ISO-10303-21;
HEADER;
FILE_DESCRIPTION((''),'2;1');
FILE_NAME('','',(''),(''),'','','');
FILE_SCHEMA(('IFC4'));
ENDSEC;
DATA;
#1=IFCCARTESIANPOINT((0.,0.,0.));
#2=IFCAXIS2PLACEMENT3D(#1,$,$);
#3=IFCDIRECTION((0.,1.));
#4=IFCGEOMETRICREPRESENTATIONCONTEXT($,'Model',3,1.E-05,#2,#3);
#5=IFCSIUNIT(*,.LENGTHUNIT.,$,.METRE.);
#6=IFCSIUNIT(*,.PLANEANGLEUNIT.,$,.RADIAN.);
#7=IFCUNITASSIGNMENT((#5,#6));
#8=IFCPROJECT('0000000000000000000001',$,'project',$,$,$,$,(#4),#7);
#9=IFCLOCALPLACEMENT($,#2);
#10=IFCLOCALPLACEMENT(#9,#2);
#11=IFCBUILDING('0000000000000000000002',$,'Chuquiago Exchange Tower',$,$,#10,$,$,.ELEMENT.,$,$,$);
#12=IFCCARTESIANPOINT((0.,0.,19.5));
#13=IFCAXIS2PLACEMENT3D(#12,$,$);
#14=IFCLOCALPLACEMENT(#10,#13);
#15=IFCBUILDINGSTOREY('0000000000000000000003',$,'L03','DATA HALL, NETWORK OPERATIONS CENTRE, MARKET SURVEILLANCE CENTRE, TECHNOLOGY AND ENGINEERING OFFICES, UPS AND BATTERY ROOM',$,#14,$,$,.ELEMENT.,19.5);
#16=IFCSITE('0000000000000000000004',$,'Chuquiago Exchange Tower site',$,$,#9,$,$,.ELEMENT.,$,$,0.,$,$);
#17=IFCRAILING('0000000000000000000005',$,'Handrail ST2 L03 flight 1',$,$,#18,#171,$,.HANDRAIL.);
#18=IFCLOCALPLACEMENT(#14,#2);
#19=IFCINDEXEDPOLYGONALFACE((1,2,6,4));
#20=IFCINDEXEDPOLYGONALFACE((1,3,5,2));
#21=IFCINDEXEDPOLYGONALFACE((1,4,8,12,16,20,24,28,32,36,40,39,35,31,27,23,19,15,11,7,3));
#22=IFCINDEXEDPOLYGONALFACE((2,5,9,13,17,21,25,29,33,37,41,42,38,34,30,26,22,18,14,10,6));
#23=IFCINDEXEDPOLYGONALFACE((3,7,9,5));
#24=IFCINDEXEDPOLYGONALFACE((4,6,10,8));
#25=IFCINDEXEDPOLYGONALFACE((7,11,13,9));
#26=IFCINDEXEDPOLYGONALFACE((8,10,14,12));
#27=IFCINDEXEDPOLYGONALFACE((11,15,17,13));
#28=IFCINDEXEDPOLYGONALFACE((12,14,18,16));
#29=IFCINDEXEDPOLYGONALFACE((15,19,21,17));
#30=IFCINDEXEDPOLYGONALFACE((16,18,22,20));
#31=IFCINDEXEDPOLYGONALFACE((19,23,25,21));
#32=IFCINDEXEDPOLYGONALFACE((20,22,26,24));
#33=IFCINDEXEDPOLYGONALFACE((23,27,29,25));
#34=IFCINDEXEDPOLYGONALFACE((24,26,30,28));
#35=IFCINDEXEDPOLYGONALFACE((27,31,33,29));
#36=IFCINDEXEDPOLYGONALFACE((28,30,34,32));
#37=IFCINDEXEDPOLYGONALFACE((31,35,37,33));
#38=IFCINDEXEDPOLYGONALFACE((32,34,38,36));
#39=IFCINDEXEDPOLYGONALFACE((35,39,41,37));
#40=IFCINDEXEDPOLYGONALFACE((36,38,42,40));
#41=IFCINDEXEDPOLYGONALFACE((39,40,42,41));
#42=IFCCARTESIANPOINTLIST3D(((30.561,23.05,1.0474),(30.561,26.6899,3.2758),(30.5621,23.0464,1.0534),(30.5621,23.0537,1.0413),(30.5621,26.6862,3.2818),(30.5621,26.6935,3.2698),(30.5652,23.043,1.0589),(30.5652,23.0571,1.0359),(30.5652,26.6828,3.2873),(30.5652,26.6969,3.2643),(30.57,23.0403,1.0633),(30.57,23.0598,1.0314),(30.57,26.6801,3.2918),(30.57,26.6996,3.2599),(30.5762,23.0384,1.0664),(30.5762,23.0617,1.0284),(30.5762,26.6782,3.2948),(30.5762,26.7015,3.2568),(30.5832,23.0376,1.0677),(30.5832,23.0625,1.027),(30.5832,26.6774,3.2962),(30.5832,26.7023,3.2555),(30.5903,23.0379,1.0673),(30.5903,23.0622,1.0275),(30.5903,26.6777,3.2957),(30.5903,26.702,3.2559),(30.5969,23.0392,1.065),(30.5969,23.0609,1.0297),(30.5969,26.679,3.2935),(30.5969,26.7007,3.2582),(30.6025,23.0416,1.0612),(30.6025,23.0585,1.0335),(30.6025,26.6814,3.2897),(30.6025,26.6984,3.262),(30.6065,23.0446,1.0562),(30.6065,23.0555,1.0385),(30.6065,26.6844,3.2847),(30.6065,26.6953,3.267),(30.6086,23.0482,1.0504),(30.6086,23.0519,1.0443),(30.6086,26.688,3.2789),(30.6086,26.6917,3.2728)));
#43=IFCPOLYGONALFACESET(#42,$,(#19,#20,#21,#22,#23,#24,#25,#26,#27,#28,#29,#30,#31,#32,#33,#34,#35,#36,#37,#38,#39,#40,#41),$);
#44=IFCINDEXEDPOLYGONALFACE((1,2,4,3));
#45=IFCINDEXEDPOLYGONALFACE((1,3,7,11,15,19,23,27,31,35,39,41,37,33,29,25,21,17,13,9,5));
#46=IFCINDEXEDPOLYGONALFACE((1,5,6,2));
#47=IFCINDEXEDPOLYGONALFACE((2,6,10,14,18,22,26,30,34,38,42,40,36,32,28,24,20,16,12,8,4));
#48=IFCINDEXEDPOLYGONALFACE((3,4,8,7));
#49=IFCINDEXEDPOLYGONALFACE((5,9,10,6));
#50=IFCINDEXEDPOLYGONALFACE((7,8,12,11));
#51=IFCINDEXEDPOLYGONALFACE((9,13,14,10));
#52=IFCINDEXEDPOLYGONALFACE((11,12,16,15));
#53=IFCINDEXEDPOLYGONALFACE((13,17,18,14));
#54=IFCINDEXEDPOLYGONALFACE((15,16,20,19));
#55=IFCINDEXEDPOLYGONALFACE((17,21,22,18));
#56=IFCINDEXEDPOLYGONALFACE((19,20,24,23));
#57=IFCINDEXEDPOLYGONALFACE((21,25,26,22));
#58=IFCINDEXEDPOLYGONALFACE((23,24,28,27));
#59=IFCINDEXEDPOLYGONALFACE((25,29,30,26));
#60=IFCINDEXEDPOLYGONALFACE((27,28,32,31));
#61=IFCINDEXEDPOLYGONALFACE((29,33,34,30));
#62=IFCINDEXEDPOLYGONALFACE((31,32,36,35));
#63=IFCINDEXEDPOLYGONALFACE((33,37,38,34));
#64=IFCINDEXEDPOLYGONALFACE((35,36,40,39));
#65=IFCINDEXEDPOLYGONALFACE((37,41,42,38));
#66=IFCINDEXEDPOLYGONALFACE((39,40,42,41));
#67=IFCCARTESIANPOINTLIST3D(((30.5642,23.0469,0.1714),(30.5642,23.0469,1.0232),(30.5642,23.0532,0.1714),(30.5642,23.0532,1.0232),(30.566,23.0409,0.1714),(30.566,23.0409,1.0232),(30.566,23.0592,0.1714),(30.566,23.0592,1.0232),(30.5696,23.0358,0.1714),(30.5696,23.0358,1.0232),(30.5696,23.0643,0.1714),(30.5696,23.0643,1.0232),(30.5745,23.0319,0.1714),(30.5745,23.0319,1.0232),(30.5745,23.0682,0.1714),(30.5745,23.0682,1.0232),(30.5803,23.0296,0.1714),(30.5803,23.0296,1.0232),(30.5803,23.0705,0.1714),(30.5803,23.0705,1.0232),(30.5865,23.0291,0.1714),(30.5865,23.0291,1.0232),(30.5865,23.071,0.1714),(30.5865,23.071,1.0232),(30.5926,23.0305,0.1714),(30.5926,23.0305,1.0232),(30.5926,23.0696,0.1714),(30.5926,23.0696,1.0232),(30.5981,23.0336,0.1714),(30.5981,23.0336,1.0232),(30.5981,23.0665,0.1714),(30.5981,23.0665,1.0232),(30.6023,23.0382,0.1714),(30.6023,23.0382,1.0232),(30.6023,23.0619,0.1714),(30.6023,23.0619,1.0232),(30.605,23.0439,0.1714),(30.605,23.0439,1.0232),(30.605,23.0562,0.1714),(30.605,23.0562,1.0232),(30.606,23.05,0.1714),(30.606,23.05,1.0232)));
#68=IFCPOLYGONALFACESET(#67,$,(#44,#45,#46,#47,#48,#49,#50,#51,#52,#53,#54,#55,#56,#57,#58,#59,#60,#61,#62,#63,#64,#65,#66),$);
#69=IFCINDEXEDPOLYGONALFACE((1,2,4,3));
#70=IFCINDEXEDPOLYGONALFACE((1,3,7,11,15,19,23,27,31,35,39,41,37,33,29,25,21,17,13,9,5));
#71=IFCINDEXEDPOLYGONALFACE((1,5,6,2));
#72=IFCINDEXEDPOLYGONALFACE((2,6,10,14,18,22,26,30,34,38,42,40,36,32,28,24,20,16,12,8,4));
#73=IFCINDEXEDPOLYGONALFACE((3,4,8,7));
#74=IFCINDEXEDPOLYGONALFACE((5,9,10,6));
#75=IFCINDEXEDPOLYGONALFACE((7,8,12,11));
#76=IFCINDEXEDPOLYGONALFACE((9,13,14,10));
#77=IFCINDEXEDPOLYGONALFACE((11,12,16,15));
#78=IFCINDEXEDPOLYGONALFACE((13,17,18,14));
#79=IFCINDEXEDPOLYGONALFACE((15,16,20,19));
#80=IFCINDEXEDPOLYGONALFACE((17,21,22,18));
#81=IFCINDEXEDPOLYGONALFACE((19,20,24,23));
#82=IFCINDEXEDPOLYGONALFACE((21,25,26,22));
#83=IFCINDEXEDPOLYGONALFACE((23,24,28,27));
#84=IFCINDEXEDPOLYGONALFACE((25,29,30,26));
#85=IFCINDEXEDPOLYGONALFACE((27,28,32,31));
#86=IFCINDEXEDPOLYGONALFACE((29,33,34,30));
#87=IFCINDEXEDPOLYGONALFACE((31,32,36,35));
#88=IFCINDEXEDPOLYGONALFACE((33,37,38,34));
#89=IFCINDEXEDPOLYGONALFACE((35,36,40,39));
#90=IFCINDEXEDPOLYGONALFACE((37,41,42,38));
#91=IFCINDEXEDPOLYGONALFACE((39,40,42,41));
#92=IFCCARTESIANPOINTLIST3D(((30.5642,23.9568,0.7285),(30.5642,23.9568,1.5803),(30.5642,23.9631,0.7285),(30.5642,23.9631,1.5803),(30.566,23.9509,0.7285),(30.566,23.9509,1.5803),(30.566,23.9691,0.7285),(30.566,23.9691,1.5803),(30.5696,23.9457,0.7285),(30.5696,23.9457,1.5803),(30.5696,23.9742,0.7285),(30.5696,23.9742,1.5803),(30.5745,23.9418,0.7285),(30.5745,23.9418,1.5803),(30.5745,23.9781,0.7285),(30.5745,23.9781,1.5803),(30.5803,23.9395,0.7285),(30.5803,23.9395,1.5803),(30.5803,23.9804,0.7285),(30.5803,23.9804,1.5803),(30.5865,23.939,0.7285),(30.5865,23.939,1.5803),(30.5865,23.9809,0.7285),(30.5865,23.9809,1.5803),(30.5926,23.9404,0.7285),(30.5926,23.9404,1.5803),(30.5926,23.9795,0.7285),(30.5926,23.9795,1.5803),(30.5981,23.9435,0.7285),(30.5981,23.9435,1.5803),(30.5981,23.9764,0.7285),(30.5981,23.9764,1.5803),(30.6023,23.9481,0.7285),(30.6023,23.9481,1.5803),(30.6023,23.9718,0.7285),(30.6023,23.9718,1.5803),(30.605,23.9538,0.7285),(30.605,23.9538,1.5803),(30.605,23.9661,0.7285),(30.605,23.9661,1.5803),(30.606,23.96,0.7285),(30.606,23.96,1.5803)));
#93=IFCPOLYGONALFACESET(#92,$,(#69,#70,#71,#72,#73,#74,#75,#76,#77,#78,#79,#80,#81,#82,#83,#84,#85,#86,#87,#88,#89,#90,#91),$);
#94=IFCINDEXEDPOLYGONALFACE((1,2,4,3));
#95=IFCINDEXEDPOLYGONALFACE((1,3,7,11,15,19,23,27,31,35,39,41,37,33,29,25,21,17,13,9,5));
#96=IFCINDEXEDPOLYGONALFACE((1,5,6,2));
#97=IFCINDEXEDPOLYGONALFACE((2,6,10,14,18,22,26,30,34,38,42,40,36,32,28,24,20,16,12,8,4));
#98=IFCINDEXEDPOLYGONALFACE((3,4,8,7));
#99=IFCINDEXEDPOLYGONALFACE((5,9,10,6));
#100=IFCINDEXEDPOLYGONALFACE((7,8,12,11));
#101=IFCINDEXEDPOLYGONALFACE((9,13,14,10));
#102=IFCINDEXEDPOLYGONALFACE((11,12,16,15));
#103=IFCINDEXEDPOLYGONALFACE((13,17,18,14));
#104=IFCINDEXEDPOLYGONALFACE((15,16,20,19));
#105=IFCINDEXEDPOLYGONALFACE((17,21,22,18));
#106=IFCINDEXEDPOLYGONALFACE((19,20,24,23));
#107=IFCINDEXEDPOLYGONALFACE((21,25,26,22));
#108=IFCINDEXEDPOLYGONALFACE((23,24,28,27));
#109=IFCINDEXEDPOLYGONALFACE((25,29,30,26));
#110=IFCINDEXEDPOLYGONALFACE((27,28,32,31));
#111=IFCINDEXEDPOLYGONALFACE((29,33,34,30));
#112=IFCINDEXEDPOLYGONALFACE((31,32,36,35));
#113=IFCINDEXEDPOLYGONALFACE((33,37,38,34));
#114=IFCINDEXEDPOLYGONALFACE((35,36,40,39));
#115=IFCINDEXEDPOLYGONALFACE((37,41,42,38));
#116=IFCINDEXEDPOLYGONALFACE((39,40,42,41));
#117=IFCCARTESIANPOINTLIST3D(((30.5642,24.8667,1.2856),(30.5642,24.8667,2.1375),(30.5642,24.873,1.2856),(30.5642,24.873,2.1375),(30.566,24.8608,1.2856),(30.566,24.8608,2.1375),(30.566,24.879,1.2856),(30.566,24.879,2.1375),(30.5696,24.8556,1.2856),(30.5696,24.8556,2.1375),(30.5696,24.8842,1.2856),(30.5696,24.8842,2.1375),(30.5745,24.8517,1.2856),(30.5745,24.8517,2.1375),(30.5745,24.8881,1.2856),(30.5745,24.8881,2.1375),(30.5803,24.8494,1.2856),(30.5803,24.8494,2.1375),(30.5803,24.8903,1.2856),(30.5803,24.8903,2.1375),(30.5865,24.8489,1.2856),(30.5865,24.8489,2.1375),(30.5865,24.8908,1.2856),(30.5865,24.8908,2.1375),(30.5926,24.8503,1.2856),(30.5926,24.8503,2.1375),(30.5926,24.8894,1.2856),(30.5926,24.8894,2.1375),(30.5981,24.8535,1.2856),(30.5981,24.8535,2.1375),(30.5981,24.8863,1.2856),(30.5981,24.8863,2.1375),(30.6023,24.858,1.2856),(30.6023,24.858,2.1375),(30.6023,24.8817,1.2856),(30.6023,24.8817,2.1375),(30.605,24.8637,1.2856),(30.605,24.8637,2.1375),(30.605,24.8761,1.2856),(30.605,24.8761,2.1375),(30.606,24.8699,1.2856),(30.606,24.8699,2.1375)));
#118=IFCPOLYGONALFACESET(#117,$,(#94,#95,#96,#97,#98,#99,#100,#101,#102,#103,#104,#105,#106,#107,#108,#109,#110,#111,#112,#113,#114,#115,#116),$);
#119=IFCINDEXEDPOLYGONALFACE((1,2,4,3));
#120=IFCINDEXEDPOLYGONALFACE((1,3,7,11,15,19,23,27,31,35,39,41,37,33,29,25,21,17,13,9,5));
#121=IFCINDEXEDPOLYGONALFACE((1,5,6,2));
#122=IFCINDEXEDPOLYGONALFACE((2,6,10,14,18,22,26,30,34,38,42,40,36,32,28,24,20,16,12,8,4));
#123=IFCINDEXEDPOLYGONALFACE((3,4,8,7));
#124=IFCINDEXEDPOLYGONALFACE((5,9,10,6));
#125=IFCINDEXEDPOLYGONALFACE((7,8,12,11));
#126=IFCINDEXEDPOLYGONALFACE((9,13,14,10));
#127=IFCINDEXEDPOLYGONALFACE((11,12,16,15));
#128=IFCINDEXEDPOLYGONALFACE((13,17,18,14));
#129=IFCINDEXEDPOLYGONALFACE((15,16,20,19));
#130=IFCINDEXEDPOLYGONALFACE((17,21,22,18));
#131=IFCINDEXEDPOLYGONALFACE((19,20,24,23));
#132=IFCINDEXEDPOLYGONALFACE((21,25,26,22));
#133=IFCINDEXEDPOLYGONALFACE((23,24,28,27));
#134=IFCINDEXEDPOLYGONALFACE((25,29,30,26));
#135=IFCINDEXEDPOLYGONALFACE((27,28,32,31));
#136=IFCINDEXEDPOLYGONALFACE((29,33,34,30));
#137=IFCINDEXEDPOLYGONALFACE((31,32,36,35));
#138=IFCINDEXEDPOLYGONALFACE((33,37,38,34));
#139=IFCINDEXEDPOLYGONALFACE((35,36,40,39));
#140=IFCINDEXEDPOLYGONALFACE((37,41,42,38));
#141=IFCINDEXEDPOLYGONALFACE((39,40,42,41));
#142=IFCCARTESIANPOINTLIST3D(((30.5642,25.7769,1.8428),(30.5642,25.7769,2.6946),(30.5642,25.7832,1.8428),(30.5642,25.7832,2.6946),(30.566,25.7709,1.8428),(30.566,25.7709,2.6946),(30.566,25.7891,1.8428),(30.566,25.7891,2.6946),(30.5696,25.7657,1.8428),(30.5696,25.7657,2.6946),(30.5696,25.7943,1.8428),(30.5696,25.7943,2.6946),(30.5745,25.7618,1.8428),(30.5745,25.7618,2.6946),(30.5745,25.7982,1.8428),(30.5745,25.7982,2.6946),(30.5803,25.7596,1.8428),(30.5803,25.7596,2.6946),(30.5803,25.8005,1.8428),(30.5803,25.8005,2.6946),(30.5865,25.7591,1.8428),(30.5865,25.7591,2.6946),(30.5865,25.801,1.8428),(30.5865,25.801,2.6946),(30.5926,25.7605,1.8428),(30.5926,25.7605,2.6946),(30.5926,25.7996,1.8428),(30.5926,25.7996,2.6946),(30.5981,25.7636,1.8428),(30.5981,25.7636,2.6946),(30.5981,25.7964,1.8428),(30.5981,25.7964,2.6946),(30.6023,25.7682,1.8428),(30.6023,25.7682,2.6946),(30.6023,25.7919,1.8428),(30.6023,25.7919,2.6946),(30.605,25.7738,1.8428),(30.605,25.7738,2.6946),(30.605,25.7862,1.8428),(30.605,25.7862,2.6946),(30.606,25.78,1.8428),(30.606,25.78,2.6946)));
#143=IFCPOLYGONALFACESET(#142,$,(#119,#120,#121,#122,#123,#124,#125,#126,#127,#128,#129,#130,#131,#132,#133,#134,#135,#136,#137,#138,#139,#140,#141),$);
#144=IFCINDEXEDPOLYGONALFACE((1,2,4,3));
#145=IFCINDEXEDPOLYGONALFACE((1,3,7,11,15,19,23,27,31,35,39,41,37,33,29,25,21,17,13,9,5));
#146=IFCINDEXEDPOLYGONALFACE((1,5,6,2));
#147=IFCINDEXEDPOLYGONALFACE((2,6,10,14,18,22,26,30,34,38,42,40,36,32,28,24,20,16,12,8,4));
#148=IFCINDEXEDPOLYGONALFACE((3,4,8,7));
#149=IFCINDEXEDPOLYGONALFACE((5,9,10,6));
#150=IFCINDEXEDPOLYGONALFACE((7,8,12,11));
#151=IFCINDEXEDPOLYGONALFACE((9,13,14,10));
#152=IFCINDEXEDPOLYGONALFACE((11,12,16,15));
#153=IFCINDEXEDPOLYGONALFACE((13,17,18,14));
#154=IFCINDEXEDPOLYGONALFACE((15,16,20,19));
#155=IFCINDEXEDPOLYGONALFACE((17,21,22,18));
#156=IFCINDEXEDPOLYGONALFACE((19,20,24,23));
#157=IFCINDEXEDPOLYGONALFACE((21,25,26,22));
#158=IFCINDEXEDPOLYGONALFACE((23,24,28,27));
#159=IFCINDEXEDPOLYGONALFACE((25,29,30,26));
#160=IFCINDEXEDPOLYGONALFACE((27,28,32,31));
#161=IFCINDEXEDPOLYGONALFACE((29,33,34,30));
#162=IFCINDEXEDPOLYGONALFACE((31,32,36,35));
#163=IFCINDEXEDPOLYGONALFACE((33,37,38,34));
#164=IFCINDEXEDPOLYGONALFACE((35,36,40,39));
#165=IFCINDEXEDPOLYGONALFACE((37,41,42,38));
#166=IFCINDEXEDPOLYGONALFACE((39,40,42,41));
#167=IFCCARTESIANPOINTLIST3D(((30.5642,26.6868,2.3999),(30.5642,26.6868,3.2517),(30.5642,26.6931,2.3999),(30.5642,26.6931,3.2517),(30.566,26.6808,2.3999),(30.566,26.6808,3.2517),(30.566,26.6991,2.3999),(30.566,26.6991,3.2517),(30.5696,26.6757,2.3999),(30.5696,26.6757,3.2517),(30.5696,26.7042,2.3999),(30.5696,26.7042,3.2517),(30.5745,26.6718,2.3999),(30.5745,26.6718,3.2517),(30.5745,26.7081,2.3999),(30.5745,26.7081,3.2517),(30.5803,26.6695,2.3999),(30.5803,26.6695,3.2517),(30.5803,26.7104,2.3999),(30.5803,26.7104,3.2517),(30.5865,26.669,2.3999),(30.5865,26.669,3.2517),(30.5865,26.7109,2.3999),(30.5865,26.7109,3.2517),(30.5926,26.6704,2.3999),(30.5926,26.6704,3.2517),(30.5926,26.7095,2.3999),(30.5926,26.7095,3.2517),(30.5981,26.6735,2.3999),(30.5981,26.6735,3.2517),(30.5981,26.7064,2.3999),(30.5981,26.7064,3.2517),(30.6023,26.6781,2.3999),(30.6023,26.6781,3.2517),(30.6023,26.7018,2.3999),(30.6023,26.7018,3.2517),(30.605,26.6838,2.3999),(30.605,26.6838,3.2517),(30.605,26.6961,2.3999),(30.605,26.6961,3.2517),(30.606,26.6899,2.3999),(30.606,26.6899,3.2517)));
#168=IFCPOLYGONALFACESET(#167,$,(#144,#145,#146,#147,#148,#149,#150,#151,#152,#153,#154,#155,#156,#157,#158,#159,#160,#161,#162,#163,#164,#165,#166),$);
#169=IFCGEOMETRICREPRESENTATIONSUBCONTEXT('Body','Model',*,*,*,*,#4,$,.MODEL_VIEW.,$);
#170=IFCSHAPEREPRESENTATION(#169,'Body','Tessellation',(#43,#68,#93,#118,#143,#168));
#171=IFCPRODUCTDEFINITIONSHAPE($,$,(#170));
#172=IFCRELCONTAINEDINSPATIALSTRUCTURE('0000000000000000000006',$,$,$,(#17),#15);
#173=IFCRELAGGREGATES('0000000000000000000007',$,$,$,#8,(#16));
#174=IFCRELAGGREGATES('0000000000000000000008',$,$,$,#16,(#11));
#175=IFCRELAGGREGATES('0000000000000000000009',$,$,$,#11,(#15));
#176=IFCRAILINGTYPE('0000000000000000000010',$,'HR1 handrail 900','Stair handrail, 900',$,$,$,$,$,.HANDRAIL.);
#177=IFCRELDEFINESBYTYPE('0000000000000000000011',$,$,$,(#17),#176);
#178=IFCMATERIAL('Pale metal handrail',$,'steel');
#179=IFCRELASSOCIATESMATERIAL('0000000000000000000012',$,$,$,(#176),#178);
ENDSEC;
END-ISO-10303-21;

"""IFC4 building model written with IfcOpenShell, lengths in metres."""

from ifc_helpers import new_model, si_unit, direction, frame, origin, origin_2d, place, context, subcontext, project, spatial, circle, extrude, material, type_object, element, save


model = new_model("IFC4")

# Units and contexts
model_context = context("Model", 3, precision=1e-05, world=origin(), true_north=direction((0.0, 1.0)))
body_context = subcontext(model_context, "Body", "Model", "MODEL_VIEW")
ifc_project = project(units=[si_unit("LENGTHUNIT", "METRE"), si_unit("PLANEANGLEUNIT", "RADIAN")], contexts=[model_context])

# Site, building, storey
site_placement = place(None, origin())
site = spatial("IfcSite", under=ifc_project, at=site_placement, Name="Chuquiago Exchange Tower site", CompositionType="ELEMENT", RefElevation=0.0)
building_placement = place(site_placement, origin())
building = spatial("IfcBuilding", under=site, at=building_placement, Name="Chuquiago Exchange Tower", CompositionType="ELEMENT")
storey_placement = place(building_placement, frame((0.0, 0.0, 19.5)))
storey = spatial("IfcBuildingStorey", under=building, at=storey_placement, Name="L03", Description="DATA HALL, NETWORK OPERATIONS CENTRE, MARKET SURVEILLANCE CENTRE, TECHNOLOGY AND ENGINEERING OFFICES, UPS AND BATTERY ROOM", CompositionType="ELEMENT", Elevation=19.5)

# Railing
ifc_material_1 = material(Name="Pale metal handrail", Category="steel")
railing_type = type_object("IfcRailingType", Name="HR1 handrail 900", Description="Stair handrail, 900", PredefinedType="HANDRAIL", material=ifc_material_1)
for number, where, name in (
    (1, (30.585, 23.05, 0.1714), "Handrail ST2 L03 flight 1"),
):
    element("IfcRailing", number, at=place(storey_placement, frame(where)), inside=storey, type_object=railing_type, Name=name, PredefinedType="HANDRAIL", context=body_context, shape_type="SweptSolid", body=[
        extrude(circle(Radius=0.0239, at=origin_2d()), frame((0.0, 0.0, 0.876), z_axis=(0.0, 0.85285, 0.522156), x_axis=(-1.0, 0.0, 0.0)), (0.0, 0.0, 1.0), 4.2678),
        extrude(circle(Radius=0.021, at=origin_2d()), origin(), (0.0, 0.0, 1.0), 0.8518),
        extrude(circle(Radius=0.021, at=origin_2d()), frame((0.0, 0.9099, 0.5571)), (0.0, 0.0, 1.0), 0.8518),
        extrude(circle(Radius=0.021, at=origin_2d()), frame((0.0, 1.8198, 1.1143)), (0.0, 0.0, 1.0), 0.8518),
        extrude(circle(Radius=0.021, at=origin_2d()), frame((0.0, 2.73, 1.6714)), (0.0, 0.0, 1.0), 0.8518),
        extrude(circle(Radius=0.021, at=origin_2d()), frame((0.0, 3.6399, 2.2285)), (0.0, 0.0, 1.0), 0.8518),
    ])

save(model, "model.ifc")
